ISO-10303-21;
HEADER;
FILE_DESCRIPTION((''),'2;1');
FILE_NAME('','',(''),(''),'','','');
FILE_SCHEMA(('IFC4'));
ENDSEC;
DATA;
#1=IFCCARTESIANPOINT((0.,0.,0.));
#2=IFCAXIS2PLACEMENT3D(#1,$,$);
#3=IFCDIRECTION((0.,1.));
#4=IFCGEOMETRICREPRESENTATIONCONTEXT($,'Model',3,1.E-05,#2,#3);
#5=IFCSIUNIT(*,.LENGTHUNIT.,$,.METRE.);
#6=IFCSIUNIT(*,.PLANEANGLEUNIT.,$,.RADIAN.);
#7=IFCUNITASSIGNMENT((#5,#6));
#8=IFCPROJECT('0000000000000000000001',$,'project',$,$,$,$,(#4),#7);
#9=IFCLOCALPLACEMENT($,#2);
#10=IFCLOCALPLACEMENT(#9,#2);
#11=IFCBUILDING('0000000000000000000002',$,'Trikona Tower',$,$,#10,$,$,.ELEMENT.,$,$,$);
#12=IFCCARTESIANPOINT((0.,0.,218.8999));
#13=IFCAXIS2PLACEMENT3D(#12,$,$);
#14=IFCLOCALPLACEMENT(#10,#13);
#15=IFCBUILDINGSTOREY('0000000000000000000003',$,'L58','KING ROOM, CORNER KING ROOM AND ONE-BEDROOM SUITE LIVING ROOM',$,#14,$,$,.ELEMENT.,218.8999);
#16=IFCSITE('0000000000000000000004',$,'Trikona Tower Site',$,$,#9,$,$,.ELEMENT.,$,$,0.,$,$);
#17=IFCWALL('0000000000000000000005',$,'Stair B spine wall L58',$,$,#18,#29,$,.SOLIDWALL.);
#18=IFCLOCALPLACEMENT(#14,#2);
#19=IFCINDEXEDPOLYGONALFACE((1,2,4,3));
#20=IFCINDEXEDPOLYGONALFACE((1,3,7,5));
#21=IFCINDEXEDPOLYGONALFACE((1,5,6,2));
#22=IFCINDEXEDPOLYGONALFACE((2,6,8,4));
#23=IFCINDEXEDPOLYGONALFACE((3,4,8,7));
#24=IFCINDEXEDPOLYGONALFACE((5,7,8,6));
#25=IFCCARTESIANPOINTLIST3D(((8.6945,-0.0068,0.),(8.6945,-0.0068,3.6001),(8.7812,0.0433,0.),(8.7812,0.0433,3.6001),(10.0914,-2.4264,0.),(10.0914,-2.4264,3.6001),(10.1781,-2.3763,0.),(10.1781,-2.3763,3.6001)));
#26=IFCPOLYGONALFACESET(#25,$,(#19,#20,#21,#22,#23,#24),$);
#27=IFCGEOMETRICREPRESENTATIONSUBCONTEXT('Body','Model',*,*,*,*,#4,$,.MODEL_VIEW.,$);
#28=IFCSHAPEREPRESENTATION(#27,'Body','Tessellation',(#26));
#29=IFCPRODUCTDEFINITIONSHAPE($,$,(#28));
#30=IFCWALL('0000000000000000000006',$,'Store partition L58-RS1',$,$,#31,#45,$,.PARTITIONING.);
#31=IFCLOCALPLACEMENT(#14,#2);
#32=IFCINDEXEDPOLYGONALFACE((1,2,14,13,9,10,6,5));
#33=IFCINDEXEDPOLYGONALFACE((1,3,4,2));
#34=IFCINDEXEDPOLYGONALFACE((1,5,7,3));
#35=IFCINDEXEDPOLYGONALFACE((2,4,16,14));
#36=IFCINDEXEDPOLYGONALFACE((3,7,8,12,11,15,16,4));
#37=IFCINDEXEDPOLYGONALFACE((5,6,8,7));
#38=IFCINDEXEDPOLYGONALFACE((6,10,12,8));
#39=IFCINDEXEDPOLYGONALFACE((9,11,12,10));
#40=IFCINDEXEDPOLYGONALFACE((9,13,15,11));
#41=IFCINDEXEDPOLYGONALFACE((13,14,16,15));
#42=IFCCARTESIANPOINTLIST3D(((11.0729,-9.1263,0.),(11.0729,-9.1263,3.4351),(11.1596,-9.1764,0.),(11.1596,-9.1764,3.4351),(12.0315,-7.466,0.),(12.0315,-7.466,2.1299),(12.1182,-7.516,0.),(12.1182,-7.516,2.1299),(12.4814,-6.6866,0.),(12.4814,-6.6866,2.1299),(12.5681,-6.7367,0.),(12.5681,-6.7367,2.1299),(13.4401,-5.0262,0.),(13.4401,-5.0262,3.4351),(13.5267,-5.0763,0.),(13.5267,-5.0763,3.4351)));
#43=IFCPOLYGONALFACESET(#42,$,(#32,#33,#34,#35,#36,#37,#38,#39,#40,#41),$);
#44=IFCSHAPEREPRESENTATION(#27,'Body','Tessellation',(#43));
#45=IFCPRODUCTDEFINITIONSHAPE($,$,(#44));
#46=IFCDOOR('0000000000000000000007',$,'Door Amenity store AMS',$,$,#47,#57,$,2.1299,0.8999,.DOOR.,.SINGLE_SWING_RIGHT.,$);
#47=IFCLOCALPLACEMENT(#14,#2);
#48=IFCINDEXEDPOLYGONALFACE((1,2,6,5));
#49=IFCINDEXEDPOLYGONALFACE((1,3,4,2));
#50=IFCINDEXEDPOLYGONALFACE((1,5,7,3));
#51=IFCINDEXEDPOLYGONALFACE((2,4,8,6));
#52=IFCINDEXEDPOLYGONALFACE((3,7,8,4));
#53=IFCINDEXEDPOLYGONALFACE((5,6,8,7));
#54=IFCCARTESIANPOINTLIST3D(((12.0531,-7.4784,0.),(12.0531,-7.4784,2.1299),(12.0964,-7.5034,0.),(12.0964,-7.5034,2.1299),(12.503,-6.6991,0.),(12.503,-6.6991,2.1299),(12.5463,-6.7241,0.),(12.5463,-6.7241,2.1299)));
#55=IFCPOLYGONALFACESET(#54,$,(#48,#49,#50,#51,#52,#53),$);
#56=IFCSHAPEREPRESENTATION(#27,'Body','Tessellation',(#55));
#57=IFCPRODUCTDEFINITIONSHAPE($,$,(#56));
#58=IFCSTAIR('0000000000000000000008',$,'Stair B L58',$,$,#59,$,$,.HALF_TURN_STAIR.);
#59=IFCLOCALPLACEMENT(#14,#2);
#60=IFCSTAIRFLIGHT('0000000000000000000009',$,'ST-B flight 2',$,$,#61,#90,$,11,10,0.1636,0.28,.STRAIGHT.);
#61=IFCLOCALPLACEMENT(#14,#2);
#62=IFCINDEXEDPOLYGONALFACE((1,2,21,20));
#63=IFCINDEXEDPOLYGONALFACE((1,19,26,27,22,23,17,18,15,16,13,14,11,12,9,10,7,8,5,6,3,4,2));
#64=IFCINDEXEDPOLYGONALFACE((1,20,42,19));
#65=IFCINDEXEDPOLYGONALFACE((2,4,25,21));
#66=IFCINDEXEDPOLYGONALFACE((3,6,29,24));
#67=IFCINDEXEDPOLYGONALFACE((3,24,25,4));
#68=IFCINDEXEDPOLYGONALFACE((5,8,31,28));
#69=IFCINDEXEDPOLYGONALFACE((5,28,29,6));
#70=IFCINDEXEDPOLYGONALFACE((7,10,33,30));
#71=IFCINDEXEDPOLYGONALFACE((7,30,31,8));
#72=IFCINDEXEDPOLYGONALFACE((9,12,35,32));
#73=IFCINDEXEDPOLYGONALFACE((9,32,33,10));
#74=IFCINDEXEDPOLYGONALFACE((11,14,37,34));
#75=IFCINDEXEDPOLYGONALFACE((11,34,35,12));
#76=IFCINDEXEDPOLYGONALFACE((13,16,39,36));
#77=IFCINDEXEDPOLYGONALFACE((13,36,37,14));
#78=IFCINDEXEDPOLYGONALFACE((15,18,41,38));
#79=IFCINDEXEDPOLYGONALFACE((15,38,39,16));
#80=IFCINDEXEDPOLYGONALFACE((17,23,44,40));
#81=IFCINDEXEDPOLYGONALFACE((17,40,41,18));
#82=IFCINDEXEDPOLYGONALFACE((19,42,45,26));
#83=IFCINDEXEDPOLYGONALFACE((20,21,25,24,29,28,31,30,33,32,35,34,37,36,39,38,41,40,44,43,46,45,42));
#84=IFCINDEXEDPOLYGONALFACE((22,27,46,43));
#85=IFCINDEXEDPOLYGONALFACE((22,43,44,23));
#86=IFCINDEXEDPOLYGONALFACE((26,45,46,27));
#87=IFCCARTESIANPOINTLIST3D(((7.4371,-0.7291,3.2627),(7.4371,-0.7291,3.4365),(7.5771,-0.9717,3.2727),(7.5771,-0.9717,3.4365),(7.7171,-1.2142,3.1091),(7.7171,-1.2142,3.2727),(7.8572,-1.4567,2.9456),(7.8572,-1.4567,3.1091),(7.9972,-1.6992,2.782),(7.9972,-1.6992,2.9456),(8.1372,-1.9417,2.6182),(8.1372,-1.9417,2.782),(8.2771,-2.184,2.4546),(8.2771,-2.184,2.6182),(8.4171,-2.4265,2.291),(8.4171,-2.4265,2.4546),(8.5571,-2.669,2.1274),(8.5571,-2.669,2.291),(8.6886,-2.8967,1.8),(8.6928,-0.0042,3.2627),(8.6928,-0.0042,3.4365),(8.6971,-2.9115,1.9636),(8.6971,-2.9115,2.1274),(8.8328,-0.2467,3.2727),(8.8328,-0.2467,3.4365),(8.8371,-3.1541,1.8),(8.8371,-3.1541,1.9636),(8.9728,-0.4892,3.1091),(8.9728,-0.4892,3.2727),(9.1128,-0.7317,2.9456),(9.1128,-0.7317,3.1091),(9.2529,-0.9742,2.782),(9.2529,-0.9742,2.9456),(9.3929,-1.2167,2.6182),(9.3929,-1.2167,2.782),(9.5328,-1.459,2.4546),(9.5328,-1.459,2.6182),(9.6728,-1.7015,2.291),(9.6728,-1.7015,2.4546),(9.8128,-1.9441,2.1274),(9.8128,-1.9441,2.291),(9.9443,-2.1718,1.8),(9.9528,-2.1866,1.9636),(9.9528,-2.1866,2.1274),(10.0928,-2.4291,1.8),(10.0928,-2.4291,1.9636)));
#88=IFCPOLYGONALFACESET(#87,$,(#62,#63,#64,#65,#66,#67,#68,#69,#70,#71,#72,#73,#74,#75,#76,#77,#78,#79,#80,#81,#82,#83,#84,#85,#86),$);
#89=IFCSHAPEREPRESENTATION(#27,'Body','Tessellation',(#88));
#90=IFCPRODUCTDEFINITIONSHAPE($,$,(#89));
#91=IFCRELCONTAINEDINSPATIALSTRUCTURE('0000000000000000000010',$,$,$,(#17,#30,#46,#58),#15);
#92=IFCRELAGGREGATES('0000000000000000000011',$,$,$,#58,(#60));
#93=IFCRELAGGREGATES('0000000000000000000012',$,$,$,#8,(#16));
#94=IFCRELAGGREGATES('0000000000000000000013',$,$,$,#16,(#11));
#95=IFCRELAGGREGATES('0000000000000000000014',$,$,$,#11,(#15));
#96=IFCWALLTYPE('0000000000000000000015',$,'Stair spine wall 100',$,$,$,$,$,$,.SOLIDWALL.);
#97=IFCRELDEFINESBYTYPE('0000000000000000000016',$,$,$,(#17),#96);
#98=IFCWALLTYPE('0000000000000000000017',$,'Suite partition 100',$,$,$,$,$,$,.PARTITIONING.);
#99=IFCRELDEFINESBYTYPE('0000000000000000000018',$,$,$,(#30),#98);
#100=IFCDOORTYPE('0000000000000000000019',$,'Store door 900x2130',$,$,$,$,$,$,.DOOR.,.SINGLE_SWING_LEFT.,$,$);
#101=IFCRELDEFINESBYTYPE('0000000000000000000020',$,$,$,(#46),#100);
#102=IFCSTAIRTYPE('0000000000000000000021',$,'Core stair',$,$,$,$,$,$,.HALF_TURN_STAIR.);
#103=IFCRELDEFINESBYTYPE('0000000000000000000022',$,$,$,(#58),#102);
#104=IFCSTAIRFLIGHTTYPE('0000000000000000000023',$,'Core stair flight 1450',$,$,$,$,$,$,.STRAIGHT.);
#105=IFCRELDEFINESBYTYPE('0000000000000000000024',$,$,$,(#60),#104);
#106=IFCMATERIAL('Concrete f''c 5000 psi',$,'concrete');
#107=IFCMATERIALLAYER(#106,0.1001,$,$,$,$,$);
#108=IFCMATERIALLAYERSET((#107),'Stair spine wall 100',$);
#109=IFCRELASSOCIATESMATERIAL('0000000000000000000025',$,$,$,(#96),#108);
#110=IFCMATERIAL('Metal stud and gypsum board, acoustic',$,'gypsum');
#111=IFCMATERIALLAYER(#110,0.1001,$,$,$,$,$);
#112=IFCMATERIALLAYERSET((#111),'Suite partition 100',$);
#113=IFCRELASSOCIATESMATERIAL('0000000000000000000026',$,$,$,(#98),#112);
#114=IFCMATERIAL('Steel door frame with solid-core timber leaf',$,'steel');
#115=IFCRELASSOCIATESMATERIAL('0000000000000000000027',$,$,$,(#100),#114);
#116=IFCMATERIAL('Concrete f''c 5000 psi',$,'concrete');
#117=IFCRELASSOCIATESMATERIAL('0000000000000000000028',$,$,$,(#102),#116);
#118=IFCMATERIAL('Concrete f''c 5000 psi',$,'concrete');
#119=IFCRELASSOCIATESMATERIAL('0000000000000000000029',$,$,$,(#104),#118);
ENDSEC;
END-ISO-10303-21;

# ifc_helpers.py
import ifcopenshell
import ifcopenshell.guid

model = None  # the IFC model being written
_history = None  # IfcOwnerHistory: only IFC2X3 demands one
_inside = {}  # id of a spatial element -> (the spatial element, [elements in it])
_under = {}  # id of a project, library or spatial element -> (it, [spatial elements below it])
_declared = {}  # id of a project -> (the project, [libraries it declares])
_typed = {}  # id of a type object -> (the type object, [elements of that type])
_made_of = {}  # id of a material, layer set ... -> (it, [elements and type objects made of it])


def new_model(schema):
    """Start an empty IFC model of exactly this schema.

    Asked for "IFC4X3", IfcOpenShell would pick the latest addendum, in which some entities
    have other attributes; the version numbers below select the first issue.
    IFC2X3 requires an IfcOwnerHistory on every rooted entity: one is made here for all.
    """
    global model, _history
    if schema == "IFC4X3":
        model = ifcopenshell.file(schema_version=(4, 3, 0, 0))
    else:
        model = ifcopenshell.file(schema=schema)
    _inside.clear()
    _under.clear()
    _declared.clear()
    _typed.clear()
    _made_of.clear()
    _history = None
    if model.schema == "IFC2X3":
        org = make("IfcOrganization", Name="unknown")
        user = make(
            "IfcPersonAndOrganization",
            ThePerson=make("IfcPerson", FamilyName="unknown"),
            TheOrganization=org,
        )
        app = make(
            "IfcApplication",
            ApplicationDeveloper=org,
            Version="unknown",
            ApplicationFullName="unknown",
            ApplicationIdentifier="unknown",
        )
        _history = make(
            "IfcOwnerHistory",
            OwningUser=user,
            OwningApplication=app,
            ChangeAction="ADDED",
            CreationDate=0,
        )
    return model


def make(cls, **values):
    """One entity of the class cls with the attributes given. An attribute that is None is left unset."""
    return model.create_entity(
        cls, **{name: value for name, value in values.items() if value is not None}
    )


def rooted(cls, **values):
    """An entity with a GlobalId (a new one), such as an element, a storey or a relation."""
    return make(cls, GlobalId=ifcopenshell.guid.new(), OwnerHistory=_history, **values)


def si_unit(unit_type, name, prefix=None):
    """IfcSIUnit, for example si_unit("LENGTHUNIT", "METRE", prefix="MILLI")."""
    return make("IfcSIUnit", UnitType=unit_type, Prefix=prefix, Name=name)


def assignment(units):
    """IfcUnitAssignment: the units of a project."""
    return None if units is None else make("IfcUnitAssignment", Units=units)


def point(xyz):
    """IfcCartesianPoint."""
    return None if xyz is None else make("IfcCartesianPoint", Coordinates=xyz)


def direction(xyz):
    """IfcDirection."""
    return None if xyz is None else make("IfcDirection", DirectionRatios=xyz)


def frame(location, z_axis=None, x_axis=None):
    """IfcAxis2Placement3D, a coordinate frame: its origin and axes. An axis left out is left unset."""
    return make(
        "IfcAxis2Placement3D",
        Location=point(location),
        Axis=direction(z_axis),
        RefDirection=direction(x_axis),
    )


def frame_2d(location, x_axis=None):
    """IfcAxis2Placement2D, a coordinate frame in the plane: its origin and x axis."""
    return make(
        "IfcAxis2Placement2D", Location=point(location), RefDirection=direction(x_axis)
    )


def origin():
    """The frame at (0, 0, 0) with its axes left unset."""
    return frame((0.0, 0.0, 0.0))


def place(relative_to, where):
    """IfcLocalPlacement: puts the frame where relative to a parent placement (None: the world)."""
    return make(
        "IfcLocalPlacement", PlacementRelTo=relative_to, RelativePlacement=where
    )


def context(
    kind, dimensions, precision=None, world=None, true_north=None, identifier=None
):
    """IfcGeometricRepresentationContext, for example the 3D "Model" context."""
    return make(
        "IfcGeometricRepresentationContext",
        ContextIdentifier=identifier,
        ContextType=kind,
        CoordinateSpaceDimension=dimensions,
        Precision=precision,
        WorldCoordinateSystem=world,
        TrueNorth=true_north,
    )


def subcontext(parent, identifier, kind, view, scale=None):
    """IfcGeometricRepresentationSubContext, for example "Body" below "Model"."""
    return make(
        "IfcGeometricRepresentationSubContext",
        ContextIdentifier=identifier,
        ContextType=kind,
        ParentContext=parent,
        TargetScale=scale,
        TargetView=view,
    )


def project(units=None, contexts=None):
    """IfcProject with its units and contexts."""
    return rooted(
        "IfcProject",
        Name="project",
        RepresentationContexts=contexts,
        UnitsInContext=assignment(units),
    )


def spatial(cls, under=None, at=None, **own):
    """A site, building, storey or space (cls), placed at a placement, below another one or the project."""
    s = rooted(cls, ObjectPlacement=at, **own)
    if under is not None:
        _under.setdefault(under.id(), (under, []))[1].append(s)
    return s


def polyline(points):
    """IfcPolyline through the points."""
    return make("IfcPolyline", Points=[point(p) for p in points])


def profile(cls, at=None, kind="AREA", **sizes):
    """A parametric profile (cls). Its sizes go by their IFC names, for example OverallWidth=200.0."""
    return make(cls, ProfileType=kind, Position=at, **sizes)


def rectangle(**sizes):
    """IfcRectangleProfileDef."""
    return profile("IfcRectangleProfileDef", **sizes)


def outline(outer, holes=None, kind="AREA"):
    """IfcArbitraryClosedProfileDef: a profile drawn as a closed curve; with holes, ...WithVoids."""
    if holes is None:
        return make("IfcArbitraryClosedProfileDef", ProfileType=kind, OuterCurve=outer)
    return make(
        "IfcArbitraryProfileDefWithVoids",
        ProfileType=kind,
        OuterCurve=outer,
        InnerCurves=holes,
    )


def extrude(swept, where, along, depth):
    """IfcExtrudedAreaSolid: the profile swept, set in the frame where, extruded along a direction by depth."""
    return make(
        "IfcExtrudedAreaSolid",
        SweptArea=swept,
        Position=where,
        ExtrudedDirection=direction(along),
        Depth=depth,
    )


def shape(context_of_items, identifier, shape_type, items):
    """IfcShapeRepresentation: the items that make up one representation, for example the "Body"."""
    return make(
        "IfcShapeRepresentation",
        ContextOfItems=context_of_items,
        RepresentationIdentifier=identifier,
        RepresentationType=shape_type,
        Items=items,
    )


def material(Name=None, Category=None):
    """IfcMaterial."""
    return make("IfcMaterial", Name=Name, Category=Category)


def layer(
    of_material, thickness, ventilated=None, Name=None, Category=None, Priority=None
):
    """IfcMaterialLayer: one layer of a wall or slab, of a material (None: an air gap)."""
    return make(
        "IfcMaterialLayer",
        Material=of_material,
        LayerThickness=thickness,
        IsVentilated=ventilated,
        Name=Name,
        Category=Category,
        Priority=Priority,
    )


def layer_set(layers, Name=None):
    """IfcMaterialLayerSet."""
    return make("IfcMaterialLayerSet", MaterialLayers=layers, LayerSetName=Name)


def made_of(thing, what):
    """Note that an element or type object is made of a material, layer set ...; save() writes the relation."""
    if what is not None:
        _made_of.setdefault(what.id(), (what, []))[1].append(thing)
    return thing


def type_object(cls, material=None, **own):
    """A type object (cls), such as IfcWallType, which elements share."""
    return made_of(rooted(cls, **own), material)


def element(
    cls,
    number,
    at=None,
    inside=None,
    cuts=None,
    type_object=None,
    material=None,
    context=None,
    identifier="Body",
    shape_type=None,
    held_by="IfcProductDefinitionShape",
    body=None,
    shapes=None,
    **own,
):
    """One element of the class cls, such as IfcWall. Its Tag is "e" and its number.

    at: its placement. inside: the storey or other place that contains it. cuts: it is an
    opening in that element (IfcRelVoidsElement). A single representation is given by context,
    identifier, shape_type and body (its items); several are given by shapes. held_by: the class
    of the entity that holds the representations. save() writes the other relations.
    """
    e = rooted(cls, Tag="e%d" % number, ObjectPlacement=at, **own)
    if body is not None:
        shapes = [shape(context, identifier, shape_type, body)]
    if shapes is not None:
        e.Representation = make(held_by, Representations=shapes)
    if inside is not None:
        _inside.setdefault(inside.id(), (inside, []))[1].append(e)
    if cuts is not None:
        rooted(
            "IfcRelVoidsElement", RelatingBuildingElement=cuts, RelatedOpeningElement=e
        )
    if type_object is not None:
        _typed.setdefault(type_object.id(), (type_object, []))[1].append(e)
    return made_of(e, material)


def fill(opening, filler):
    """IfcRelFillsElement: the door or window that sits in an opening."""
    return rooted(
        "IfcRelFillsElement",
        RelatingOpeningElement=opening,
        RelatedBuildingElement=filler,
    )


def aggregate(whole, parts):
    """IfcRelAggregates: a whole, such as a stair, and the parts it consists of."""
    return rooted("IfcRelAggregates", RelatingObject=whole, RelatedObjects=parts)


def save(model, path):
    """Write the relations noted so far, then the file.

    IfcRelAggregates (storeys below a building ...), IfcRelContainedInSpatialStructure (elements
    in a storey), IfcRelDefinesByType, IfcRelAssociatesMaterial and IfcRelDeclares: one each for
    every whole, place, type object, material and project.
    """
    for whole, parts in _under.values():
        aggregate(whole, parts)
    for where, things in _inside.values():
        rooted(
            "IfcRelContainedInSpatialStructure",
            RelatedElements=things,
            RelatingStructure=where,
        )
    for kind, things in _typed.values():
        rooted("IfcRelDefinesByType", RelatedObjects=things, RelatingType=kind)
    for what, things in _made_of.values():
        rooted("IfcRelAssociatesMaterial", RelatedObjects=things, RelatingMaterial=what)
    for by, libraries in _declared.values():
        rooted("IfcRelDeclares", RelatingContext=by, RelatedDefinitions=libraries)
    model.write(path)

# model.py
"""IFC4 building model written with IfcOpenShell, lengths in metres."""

from ifc_helpers import new_model, si_unit, direction, frame, frame_2d, origin, place, context, subcontext, project, spatial, polyline, rectangle, outline, extrude, material, layer, layer_set, type_object, element, fill, aggregate, save


model = new_model("IFC4")

# Units and contexts
model_context = context("Model", 3, precision=1e-05, world=origin(), true_north=direction((0.0, 1.0)))
body_context = subcontext(model_context, "Body", "Model", "MODEL_VIEW")
ifc_project = project(units=[si_unit("LENGTHUNIT", "METRE"), si_unit("PLANEANGLEUNIT", "RADIAN")], contexts=[model_context])

# Site, building, storey
site_placement = place(None, origin())
site = spatial("IfcSite", under=ifc_project, at=site_placement, Name="Trikona Tower Site", CompositionType="ELEMENT", RefElevation=0.0)
building_placement = place(site_placement, origin())
building = spatial("IfcBuilding", under=site, at=building_placement, Name="Trikona Tower", CompositionType="ELEMENT")
storey_placement = place(building_placement, frame((0.0, 0.0, 218.8999)))
storey = spatial("IfcBuildingStorey", under=building, at=storey_placement, Name="L58", Description="KING ROOM, CORNER KING ROOM AND ONE-BEDROOM SUITE LIVING ROOM", CompositionType="ELEMENT", Elevation=218.8999)

# Wall
ifc_material_1 = material(Name="Concrete f'c 5000 psi", Category="concrete")
ifc_layer_1 = layer(ifc_material_1, 0.1001)
ifc_layer_set_1 = layer_set([ifc_layer_1], Name="Stair spine wall 100")
wall_type_1 = type_object("IfcWallType", Name="Stair spine wall 100", PredefinedType="SOLIDWALL", material=ifc_layer_set_1)
wall_1_placement = place(storey_placement, frame((10.1348, -2.4014, 0.0), z_axis=(0.0, 0.0, 1.0), x_axis=(-0.499992, 0.86603, 0.0)))
element("IfcWall", 1, at=wall_1_placement, inside=storey, type_object=wall_type_1, Name="Stair B spine wall L58", PredefinedType="SOLIDWALL", context=body_context, shape_type="SweptSolid", body=[
    extrude(rectangle(XDim=2.7939, YDim=0.1001, at=frame_2d((1.397, 0.0))), origin(), (0.0, 0.0, 1.0), 3.6001),
])

# Wall, opening, door
ifc_material_2 = material(Name="Metal stud and gypsum board, acoustic", Category="gypsum")
ifc_layer_2 = layer(ifc_material_2, 0.1001)
ifc_layer_set_2 = layer_set([ifc_layer_2], Name="Suite partition 100")
wall_type_2 = type_object("IfcWallType", Name="Suite partition 100", PredefinedType="PARTITIONING", material=ifc_layer_set_2)
wall_2_placement = place(storey_placement, frame((13.4834, -5.0513, 0.0), z_axis=(0.0, 0.0, 1.0), x_axis=(-0.499999, -0.866026, 0.0)))
wall_2 = element("IfcWall", 2, at=wall_2_placement, inside=storey, type_object=wall_type_2, Name="Store partition L58-RS1", PredefinedType="PARTITIONING", context=body_context, shape_type="SweptSolid", body=[
    extrude(rectangle(XDim=4.7344, YDim=0.1001, at=frame_2d((2.3672, 0.0))), origin(), (0.0, 0.0, 1.0), 3.4351),
])
opening_1_placement = place(wall_2_placement, frame((1.9172, 0.0, 0.0)))
opening_1 = element("IfcOpeningElement", 3, at=opening_1_placement, cuts=wall_2, PredefinedType="OPENING", context=body_context, shape_type="SweptSolid", body=[
    extrude(rectangle(XDim=0.8999, YDim=2.1299, at=frame_2d((0.45, 1.0649))), frame((0.0, 0.0601, 0.0), z_axis=(0.0, -1.0, 0.0), x_axis=(1.0, 0.0, 0.0)), (0.0, 0.0, 1.0), 0.1201),
])
ifc_material_3 = material(Name="Steel door frame with solid-core timber leaf", Category="steel")
door_type_1 = type_object("IfcDoorType", Name="Store door 900x2130", OperationType="SINGLE_SWING_LEFT", PredefinedType="DOOR", material=ifc_material_3)
door_1_placement = place(opening_1_placement, origin())
door_1 = element("IfcDoor", 4, at=door_1_placement, inside=storey, type_object=door_type_1, Name="Door Amenity store AMS", OperationType="SINGLE_SWING_RIGHT", OverallHeight=2.1299, OverallWidth=0.8999, PredefinedType="DOOR", context=body_context, shape_type="SweptSolid", body=[
    extrude(rectangle(XDim=0.8999, YDim=2.1299, at=frame_2d((0.45, 1.0649))), frame((0.0, 0.0249, 0.0), z_axis=(0.0, -1.0, 0.0), x_axis=(1.0, 0.0, 0.0)), (0.0, 0.0, 1.0), 0.05),
])
fill(opening_1, door_1)

# Stair, stair flight
ifc_material_4 = material(Name="Concrete f'c 5000 psi", Category="concrete")
stair_type = type_object("IfcStairType", Name="Core stair", PredefinedType="HALF_TURN_STAIR", material=ifc_material_4)
stair_placement = place(storey_placement, origin())
stair = element("IfcStair", 5, at=stair_placement, inside=storey, type_object=stair_type, Name="Stair B L58", PredefinedType="HALF_TURN_STAIR")
ifc_material_5 = material(Name="Concrete f'c 5000 psi", Category="concrete")
stair_flight_type = type_object("IfcStairFlightType", Name="Core stair flight 1450", PredefinedType="STRAIGHT", material=ifc_material_5)
stair_flight_placement = place(storey_placement, frame((9.4651, -2.7915, 1.8), z_axis=(0.0, 0.0, 1.0), x_axis=(-0.5, 0.866025, 0.0)))
stair_flight = element("IfcStairFlight", 6, at=stair_flight_placement, type_object=stair_flight_type, Name="ST-B flight 2", NumberOfRisers=11, NumberOfTreads=10, PredefinedType="STRAIGHT", RiserHeight=0.1636, TreadLength=0.28, context=body_context, shape_type="SweptSolid", body=[
    extrude(outline(polyline([(0.0, 0.0), (0.0, 0.1636), (0.28, 0.1636), (0.28, 0.3274), (0.5601, 0.3274), (0.5601, 0.491), (0.8401, 0.491), (0.8401, 0.6545), (1.1201, 0.6545), (1.1201, 0.8181), (1.3999, 0.8181), (1.3999, 0.9819), (1.6799, 0.9819), (1.6799, 1.1455), (1.96, 1.1455), (1.96, 1.3091), (2.24, 1.3091), (2.24, 1.4727), (2.52, 1.4727), (2.52, 1.6365), (2.8, 1.6365), (2.8, 1.8), (2.8, 1.4626), (0.2971, 0.0), (0.0, 0.0)])), frame((0.0, 0.7251, 0.0), z_axis=(0.0, -1.0, 0.0), x_axis=(1.0, 0.0, 0.0)), (0.0, 0.0, 1.0), 1.45),
])
aggregate(stair, [stair_flight])

save(model, "model.ifc")
